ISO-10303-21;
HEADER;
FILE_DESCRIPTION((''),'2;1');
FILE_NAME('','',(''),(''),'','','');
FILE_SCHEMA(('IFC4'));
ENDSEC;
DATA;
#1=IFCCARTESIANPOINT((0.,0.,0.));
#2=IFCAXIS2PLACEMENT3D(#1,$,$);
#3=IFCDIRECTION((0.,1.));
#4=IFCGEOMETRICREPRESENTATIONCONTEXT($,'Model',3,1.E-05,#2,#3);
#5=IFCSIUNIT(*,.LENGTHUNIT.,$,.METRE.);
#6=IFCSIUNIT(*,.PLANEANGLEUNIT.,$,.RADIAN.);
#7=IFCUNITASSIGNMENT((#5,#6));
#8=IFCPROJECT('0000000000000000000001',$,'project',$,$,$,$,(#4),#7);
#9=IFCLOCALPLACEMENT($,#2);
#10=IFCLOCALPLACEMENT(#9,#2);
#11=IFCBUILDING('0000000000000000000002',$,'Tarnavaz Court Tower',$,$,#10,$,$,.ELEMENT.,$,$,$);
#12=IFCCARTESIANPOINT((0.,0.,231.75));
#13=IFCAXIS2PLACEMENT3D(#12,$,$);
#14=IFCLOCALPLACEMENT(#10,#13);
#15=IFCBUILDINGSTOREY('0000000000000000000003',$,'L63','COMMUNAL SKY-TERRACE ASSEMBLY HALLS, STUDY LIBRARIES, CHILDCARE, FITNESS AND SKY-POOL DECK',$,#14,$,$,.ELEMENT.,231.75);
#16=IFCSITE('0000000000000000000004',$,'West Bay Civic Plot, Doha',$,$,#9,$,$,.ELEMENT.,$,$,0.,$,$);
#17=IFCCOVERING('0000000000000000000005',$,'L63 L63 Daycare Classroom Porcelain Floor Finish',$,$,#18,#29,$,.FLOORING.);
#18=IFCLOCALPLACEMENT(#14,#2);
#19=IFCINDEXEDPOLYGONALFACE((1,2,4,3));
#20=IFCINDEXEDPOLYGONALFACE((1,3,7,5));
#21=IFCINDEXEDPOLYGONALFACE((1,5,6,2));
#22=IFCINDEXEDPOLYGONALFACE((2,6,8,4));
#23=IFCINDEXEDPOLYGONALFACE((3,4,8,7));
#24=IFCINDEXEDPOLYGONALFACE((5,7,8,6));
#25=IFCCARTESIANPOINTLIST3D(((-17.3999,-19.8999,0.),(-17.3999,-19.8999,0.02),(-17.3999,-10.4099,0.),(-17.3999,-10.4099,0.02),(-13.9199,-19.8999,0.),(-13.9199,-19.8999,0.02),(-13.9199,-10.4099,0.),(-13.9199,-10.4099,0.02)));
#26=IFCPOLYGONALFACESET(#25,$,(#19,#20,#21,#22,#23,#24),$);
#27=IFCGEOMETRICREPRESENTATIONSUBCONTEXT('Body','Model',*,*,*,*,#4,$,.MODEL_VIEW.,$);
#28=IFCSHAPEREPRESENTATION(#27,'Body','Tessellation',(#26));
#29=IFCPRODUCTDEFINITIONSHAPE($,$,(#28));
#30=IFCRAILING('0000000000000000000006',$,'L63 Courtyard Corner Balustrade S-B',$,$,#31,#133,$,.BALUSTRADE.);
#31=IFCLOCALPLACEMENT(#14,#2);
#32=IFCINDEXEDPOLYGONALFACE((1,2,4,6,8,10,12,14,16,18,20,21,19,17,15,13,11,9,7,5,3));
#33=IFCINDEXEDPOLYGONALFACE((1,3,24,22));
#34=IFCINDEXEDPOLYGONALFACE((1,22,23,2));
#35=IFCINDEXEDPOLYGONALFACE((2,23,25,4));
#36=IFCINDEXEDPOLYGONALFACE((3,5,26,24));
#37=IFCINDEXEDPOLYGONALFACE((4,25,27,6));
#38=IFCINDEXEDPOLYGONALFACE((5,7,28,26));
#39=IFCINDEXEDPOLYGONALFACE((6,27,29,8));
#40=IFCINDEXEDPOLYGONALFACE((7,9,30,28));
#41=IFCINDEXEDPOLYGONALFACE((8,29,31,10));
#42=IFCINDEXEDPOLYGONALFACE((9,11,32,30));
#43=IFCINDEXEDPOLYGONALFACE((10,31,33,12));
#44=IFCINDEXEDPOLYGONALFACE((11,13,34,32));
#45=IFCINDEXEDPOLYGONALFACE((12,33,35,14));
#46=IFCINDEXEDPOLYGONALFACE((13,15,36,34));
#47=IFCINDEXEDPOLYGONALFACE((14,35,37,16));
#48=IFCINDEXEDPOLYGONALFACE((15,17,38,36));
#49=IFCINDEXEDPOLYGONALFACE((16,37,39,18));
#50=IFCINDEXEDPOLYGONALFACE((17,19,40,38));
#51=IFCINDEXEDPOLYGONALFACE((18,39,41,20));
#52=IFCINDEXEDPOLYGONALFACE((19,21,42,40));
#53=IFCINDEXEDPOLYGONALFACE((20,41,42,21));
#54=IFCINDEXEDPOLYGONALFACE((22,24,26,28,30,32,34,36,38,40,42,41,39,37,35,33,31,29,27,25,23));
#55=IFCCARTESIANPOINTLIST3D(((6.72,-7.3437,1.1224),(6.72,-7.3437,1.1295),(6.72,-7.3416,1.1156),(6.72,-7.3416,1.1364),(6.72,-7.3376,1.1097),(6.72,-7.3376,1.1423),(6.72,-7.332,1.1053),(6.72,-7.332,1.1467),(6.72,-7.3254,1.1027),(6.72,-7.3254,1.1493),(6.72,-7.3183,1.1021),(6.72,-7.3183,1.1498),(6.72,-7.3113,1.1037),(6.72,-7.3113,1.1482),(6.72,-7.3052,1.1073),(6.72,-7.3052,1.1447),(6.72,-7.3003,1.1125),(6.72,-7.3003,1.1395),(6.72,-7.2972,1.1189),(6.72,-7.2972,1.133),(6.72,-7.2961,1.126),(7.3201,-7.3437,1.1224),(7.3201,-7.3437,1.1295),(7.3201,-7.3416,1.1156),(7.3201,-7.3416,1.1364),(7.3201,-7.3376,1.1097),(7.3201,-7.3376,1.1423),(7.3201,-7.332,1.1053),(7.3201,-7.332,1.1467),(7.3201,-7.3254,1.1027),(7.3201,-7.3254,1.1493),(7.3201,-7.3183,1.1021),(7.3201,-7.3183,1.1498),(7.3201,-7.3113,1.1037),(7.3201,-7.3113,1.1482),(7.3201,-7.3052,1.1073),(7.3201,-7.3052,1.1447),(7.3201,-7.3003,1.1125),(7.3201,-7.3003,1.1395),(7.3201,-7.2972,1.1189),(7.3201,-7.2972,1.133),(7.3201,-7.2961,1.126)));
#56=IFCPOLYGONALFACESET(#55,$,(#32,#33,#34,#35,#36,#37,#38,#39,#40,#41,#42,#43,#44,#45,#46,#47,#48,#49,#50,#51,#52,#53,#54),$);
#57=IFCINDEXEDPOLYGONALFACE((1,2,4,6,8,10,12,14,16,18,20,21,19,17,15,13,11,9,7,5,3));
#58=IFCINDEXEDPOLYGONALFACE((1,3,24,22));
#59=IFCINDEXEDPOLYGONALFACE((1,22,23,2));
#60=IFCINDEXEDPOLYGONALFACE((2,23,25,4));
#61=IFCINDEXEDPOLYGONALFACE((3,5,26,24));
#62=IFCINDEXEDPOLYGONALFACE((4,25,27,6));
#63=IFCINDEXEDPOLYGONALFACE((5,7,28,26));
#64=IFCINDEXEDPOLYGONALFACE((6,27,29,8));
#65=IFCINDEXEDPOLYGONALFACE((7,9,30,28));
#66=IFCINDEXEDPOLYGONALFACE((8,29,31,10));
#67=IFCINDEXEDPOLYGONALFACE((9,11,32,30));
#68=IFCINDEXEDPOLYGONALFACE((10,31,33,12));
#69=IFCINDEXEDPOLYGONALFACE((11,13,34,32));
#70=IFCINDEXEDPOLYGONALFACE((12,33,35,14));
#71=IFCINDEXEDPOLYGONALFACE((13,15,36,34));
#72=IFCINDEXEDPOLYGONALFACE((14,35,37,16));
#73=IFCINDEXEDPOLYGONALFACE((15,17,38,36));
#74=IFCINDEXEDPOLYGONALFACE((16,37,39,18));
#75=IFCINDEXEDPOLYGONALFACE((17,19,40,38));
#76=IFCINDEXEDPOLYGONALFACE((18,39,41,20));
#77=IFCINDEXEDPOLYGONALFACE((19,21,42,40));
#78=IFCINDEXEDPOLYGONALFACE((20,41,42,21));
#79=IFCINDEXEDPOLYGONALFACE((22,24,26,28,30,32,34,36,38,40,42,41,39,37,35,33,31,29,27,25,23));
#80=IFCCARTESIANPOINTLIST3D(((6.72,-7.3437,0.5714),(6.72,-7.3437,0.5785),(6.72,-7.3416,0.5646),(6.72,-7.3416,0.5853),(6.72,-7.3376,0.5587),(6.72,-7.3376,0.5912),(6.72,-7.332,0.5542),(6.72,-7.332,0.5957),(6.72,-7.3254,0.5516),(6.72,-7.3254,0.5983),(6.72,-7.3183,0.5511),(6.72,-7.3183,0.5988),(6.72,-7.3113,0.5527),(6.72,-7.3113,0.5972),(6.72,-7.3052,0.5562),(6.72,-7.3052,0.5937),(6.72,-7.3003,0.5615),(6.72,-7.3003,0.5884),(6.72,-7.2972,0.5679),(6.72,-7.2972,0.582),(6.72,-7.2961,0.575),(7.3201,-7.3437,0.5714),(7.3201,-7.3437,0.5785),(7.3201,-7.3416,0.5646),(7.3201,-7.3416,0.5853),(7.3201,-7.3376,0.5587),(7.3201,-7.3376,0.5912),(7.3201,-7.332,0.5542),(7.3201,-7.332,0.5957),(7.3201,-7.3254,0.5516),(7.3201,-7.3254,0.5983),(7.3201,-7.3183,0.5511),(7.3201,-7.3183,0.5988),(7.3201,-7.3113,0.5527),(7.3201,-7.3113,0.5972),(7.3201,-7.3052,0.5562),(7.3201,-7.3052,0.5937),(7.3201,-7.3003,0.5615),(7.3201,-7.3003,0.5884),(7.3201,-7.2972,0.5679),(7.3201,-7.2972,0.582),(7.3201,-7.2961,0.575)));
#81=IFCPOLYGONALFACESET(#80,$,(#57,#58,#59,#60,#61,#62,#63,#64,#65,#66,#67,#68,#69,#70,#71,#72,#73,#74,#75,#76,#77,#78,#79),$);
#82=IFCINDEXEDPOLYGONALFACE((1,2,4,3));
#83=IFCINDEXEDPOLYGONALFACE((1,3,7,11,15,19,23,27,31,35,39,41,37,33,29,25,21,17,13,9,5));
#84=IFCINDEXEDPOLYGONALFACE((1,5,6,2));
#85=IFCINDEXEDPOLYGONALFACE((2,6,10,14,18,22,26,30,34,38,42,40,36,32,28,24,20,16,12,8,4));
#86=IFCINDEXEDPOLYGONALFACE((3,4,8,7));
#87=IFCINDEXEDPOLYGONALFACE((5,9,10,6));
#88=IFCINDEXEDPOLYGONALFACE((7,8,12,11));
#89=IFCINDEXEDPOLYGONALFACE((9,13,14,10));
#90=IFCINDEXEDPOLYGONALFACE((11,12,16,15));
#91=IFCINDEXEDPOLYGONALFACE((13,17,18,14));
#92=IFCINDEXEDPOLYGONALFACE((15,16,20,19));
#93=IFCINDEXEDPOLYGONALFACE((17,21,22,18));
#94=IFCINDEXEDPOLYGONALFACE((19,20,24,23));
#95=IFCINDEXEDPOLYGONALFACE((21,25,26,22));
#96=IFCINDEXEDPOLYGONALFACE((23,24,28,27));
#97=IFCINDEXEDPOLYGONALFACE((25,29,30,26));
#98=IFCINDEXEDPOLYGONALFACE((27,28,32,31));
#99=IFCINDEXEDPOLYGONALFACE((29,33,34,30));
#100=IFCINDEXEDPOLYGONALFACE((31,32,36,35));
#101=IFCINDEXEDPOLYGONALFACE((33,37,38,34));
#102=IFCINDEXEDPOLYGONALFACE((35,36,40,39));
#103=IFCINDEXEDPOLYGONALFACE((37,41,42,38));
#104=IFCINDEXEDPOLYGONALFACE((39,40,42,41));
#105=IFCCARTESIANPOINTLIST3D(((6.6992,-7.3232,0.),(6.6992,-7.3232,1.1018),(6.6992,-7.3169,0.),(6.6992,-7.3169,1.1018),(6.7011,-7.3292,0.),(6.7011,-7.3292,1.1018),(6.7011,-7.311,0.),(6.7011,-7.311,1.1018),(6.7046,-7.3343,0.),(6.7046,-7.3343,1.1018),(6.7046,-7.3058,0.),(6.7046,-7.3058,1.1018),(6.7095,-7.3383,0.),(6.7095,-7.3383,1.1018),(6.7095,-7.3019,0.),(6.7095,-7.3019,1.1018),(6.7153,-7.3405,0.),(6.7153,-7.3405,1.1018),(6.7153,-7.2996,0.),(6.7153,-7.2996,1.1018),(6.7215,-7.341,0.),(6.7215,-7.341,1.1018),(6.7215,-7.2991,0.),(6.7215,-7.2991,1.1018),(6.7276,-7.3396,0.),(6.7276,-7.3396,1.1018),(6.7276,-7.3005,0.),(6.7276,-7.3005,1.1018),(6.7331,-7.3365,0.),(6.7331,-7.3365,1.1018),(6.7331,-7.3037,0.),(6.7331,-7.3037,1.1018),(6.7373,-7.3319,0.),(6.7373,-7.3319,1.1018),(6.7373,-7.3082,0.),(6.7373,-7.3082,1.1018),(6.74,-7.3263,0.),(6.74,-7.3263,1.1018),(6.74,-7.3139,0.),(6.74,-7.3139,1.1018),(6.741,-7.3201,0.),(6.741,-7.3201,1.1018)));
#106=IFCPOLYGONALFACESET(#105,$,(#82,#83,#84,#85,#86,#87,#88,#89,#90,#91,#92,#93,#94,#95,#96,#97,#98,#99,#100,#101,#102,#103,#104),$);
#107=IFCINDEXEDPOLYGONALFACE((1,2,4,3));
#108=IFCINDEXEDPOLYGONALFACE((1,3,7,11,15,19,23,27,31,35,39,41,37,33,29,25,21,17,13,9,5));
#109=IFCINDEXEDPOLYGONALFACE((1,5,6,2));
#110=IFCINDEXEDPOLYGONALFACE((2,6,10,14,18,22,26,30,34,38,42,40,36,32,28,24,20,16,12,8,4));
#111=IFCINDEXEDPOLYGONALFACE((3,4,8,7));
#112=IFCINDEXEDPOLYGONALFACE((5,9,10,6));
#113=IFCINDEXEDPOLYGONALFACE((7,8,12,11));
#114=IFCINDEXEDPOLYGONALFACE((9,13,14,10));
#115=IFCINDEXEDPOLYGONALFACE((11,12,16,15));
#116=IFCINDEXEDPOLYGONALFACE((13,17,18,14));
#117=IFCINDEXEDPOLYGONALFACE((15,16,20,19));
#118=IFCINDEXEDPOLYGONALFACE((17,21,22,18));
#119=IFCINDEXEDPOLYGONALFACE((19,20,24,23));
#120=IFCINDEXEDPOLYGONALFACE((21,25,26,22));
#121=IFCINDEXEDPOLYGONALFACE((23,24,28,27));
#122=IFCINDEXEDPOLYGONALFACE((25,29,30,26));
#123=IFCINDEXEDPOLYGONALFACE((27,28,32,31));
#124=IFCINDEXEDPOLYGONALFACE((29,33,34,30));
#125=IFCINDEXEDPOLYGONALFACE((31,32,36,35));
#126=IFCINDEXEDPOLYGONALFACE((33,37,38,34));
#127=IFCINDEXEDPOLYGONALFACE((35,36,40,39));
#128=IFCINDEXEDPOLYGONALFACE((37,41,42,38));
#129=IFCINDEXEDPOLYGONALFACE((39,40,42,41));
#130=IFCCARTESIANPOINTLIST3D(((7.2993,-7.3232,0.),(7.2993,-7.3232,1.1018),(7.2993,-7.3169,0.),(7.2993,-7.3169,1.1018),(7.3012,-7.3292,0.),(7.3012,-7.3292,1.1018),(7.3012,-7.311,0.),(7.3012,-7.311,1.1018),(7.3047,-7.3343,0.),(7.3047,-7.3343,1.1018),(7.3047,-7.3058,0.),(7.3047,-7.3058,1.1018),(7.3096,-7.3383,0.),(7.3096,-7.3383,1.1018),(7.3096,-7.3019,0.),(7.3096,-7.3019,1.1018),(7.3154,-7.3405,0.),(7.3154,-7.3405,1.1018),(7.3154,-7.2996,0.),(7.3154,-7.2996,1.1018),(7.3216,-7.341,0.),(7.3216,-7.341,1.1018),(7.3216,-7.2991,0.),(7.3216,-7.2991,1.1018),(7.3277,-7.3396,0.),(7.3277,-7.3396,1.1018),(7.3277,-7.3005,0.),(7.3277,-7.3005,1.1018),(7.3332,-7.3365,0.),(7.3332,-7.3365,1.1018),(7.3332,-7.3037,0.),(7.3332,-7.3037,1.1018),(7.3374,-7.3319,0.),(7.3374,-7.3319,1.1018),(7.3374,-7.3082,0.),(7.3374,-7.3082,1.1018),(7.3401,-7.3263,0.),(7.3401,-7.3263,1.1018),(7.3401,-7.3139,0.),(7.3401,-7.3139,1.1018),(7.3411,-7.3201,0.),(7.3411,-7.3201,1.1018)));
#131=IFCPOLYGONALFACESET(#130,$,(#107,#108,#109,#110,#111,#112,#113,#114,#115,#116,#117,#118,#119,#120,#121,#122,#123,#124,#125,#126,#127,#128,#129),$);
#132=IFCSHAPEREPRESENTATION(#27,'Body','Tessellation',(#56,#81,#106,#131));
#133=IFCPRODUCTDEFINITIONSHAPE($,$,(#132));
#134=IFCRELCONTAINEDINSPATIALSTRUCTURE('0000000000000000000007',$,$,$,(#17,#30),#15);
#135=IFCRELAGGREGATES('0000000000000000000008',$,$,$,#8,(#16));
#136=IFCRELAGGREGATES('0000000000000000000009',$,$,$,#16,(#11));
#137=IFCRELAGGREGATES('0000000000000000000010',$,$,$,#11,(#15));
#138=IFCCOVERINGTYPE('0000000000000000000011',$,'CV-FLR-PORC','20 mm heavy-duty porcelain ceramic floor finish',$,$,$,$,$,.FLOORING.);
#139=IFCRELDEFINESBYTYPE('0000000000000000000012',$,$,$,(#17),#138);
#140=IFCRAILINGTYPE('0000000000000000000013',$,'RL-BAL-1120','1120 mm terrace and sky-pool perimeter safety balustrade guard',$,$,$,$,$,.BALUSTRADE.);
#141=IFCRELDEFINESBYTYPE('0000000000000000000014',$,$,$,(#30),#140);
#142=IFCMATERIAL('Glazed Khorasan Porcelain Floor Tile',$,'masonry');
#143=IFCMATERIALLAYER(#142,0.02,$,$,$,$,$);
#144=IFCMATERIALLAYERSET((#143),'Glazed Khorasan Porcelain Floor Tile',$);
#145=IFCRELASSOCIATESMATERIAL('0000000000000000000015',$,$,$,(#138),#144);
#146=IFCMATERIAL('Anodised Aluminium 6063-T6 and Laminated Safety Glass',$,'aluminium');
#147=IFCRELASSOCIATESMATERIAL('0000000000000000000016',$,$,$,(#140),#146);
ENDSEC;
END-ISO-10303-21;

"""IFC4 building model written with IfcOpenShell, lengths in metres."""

from ifc_helpers import new_model, si_unit, direction, frame, origin, origin_2d, place, context, subcontext, project, spatial, polyline, circle, outline, extrude, material, layer, layer_set, type_object, element, save


model = new_model("IFC4")

# Units and contexts
model_context = context("Model", 3, precision=1e-05, world=origin(), true_north=direction((0.0, 1.0)))
body_context = subcontext(model_context, "Body", "Model", "MODEL_VIEW")
ifc_project = project(units=[si_unit("LENGTHUNIT", "METRE"), si_unit("PLANEANGLEUNIT", "RADIAN")], contexts=[model_context])

# Site, building, storey
site_placement = place(None, origin())
site = spatial("IfcSite", under=ifc_project, at=site_placement, Name="West Bay Civic Plot, Doha", CompositionType="ELEMENT", RefElevation=0.0)
building_placement = place(site_placement, origin())
building = spatial("IfcBuilding", under=site, at=building_placement, Name="Tarnavaz Court Tower", CompositionType="ELEMENT")
storey_placement = place(building_placement, frame((0.0, 0.0, 231.75)))
storey = spatial("IfcBuildingStorey", under=building, at=storey_placement, Name="L63", Description="COMMUNAL SKY-TERRACE ASSEMBLY HALLS, STUDY LIBRARIES, CHILDCARE, FITNESS AND SKY-POOL DECK", CompositionType="ELEMENT", Elevation=231.75)

# Covering
ifc_material_1 = material(Name="Glazed Khorasan Porcelain Floor Tile", Category="masonry")
ifc_layer_1 = layer(ifc_material_1, 0.02)
ifc_layer_set_1 = layer_set([ifc_layer_1], Name="Glazed Khorasan Porcelain Floor Tile")
covering_type_1 = type_object("IfcCoveringType", Name="CV-FLR-PORC", Description="20 mm heavy-duty porcelain ceramic floor finish", PredefinedType="FLOORING", material=ifc_layer_set_1)
covering_1_placement = place(storey_placement, origin())
element("IfcCovering", 1, at=covering_1_placement, inside=storey, type_object=covering_type_1, Name="L63 L63 Daycare Classroom Porcelain Floor Finish", PredefinedType="FLOORING", context=body_context, shape_type="SweptSolid", body=[
    extrude(outline(polyline([(-17.3999, -19.8999), (-13.9199, -19.8999), (-13.9199, -10.4099), (-17.3999, -10.4099), (-17.3999, -19.8999)])), origin(), (0.0, 0.0, 1.0), 0.02),
])

# Railing
ifc_material_2 = material(Name="Anodised Aluminium 6063-T6 and Laminated Safety Glass", Category="aluminium")
railing_type = type_object("IfcRailingType", Name="RL-BAL-1120", Description="1120 mm terrace and sky-pool perimeter safety balustrade guard", PredefinedType="BALUSTRADE", material=ifc_material_2)
railing_placement = place(storey_placement, frame((6.72, -7.3201, 0.0)))
element("IfcRailing", 2, at=railing_placement, inside=storey, type_object=railing_type, Name="L63 Courtyard Corner Balustrade S-B", PredefinedType="BALUSTRADE", context=body_context, shape_type="SweptSolid", body=[
    extrude(circle(Radius=0.0239, at=origin_2d()), frame((0.0, 0.0, 1.126), z_axis=(1.0, 0.0, 0.0), x_axis=(0.0, 1.0, 0.0)), (0.0, 0.0, 1.0), 0.6001),
    extrude(circle(Radius=0.0239, at=origin_2d()), frame((0.0, 0.0, 0.575), z_axis=(1.0, 0.0, 0.0), x_axis=(0.0, 1.0, 0.0)), (0.0, 0.0, 1.0), 0.6001),
    extrude(circle(Radius=0.021, at=origin_2d()), origin(), (0.0, 0.0, 1.0), 1.1018),
    extrude(circle(Radius=0.021, at=origin_2d()), frame((0.6001, 0.0, 0.0)), (0.0, 0.0, 1.0), 1.1018),
])

save(model, "model.ifc")
